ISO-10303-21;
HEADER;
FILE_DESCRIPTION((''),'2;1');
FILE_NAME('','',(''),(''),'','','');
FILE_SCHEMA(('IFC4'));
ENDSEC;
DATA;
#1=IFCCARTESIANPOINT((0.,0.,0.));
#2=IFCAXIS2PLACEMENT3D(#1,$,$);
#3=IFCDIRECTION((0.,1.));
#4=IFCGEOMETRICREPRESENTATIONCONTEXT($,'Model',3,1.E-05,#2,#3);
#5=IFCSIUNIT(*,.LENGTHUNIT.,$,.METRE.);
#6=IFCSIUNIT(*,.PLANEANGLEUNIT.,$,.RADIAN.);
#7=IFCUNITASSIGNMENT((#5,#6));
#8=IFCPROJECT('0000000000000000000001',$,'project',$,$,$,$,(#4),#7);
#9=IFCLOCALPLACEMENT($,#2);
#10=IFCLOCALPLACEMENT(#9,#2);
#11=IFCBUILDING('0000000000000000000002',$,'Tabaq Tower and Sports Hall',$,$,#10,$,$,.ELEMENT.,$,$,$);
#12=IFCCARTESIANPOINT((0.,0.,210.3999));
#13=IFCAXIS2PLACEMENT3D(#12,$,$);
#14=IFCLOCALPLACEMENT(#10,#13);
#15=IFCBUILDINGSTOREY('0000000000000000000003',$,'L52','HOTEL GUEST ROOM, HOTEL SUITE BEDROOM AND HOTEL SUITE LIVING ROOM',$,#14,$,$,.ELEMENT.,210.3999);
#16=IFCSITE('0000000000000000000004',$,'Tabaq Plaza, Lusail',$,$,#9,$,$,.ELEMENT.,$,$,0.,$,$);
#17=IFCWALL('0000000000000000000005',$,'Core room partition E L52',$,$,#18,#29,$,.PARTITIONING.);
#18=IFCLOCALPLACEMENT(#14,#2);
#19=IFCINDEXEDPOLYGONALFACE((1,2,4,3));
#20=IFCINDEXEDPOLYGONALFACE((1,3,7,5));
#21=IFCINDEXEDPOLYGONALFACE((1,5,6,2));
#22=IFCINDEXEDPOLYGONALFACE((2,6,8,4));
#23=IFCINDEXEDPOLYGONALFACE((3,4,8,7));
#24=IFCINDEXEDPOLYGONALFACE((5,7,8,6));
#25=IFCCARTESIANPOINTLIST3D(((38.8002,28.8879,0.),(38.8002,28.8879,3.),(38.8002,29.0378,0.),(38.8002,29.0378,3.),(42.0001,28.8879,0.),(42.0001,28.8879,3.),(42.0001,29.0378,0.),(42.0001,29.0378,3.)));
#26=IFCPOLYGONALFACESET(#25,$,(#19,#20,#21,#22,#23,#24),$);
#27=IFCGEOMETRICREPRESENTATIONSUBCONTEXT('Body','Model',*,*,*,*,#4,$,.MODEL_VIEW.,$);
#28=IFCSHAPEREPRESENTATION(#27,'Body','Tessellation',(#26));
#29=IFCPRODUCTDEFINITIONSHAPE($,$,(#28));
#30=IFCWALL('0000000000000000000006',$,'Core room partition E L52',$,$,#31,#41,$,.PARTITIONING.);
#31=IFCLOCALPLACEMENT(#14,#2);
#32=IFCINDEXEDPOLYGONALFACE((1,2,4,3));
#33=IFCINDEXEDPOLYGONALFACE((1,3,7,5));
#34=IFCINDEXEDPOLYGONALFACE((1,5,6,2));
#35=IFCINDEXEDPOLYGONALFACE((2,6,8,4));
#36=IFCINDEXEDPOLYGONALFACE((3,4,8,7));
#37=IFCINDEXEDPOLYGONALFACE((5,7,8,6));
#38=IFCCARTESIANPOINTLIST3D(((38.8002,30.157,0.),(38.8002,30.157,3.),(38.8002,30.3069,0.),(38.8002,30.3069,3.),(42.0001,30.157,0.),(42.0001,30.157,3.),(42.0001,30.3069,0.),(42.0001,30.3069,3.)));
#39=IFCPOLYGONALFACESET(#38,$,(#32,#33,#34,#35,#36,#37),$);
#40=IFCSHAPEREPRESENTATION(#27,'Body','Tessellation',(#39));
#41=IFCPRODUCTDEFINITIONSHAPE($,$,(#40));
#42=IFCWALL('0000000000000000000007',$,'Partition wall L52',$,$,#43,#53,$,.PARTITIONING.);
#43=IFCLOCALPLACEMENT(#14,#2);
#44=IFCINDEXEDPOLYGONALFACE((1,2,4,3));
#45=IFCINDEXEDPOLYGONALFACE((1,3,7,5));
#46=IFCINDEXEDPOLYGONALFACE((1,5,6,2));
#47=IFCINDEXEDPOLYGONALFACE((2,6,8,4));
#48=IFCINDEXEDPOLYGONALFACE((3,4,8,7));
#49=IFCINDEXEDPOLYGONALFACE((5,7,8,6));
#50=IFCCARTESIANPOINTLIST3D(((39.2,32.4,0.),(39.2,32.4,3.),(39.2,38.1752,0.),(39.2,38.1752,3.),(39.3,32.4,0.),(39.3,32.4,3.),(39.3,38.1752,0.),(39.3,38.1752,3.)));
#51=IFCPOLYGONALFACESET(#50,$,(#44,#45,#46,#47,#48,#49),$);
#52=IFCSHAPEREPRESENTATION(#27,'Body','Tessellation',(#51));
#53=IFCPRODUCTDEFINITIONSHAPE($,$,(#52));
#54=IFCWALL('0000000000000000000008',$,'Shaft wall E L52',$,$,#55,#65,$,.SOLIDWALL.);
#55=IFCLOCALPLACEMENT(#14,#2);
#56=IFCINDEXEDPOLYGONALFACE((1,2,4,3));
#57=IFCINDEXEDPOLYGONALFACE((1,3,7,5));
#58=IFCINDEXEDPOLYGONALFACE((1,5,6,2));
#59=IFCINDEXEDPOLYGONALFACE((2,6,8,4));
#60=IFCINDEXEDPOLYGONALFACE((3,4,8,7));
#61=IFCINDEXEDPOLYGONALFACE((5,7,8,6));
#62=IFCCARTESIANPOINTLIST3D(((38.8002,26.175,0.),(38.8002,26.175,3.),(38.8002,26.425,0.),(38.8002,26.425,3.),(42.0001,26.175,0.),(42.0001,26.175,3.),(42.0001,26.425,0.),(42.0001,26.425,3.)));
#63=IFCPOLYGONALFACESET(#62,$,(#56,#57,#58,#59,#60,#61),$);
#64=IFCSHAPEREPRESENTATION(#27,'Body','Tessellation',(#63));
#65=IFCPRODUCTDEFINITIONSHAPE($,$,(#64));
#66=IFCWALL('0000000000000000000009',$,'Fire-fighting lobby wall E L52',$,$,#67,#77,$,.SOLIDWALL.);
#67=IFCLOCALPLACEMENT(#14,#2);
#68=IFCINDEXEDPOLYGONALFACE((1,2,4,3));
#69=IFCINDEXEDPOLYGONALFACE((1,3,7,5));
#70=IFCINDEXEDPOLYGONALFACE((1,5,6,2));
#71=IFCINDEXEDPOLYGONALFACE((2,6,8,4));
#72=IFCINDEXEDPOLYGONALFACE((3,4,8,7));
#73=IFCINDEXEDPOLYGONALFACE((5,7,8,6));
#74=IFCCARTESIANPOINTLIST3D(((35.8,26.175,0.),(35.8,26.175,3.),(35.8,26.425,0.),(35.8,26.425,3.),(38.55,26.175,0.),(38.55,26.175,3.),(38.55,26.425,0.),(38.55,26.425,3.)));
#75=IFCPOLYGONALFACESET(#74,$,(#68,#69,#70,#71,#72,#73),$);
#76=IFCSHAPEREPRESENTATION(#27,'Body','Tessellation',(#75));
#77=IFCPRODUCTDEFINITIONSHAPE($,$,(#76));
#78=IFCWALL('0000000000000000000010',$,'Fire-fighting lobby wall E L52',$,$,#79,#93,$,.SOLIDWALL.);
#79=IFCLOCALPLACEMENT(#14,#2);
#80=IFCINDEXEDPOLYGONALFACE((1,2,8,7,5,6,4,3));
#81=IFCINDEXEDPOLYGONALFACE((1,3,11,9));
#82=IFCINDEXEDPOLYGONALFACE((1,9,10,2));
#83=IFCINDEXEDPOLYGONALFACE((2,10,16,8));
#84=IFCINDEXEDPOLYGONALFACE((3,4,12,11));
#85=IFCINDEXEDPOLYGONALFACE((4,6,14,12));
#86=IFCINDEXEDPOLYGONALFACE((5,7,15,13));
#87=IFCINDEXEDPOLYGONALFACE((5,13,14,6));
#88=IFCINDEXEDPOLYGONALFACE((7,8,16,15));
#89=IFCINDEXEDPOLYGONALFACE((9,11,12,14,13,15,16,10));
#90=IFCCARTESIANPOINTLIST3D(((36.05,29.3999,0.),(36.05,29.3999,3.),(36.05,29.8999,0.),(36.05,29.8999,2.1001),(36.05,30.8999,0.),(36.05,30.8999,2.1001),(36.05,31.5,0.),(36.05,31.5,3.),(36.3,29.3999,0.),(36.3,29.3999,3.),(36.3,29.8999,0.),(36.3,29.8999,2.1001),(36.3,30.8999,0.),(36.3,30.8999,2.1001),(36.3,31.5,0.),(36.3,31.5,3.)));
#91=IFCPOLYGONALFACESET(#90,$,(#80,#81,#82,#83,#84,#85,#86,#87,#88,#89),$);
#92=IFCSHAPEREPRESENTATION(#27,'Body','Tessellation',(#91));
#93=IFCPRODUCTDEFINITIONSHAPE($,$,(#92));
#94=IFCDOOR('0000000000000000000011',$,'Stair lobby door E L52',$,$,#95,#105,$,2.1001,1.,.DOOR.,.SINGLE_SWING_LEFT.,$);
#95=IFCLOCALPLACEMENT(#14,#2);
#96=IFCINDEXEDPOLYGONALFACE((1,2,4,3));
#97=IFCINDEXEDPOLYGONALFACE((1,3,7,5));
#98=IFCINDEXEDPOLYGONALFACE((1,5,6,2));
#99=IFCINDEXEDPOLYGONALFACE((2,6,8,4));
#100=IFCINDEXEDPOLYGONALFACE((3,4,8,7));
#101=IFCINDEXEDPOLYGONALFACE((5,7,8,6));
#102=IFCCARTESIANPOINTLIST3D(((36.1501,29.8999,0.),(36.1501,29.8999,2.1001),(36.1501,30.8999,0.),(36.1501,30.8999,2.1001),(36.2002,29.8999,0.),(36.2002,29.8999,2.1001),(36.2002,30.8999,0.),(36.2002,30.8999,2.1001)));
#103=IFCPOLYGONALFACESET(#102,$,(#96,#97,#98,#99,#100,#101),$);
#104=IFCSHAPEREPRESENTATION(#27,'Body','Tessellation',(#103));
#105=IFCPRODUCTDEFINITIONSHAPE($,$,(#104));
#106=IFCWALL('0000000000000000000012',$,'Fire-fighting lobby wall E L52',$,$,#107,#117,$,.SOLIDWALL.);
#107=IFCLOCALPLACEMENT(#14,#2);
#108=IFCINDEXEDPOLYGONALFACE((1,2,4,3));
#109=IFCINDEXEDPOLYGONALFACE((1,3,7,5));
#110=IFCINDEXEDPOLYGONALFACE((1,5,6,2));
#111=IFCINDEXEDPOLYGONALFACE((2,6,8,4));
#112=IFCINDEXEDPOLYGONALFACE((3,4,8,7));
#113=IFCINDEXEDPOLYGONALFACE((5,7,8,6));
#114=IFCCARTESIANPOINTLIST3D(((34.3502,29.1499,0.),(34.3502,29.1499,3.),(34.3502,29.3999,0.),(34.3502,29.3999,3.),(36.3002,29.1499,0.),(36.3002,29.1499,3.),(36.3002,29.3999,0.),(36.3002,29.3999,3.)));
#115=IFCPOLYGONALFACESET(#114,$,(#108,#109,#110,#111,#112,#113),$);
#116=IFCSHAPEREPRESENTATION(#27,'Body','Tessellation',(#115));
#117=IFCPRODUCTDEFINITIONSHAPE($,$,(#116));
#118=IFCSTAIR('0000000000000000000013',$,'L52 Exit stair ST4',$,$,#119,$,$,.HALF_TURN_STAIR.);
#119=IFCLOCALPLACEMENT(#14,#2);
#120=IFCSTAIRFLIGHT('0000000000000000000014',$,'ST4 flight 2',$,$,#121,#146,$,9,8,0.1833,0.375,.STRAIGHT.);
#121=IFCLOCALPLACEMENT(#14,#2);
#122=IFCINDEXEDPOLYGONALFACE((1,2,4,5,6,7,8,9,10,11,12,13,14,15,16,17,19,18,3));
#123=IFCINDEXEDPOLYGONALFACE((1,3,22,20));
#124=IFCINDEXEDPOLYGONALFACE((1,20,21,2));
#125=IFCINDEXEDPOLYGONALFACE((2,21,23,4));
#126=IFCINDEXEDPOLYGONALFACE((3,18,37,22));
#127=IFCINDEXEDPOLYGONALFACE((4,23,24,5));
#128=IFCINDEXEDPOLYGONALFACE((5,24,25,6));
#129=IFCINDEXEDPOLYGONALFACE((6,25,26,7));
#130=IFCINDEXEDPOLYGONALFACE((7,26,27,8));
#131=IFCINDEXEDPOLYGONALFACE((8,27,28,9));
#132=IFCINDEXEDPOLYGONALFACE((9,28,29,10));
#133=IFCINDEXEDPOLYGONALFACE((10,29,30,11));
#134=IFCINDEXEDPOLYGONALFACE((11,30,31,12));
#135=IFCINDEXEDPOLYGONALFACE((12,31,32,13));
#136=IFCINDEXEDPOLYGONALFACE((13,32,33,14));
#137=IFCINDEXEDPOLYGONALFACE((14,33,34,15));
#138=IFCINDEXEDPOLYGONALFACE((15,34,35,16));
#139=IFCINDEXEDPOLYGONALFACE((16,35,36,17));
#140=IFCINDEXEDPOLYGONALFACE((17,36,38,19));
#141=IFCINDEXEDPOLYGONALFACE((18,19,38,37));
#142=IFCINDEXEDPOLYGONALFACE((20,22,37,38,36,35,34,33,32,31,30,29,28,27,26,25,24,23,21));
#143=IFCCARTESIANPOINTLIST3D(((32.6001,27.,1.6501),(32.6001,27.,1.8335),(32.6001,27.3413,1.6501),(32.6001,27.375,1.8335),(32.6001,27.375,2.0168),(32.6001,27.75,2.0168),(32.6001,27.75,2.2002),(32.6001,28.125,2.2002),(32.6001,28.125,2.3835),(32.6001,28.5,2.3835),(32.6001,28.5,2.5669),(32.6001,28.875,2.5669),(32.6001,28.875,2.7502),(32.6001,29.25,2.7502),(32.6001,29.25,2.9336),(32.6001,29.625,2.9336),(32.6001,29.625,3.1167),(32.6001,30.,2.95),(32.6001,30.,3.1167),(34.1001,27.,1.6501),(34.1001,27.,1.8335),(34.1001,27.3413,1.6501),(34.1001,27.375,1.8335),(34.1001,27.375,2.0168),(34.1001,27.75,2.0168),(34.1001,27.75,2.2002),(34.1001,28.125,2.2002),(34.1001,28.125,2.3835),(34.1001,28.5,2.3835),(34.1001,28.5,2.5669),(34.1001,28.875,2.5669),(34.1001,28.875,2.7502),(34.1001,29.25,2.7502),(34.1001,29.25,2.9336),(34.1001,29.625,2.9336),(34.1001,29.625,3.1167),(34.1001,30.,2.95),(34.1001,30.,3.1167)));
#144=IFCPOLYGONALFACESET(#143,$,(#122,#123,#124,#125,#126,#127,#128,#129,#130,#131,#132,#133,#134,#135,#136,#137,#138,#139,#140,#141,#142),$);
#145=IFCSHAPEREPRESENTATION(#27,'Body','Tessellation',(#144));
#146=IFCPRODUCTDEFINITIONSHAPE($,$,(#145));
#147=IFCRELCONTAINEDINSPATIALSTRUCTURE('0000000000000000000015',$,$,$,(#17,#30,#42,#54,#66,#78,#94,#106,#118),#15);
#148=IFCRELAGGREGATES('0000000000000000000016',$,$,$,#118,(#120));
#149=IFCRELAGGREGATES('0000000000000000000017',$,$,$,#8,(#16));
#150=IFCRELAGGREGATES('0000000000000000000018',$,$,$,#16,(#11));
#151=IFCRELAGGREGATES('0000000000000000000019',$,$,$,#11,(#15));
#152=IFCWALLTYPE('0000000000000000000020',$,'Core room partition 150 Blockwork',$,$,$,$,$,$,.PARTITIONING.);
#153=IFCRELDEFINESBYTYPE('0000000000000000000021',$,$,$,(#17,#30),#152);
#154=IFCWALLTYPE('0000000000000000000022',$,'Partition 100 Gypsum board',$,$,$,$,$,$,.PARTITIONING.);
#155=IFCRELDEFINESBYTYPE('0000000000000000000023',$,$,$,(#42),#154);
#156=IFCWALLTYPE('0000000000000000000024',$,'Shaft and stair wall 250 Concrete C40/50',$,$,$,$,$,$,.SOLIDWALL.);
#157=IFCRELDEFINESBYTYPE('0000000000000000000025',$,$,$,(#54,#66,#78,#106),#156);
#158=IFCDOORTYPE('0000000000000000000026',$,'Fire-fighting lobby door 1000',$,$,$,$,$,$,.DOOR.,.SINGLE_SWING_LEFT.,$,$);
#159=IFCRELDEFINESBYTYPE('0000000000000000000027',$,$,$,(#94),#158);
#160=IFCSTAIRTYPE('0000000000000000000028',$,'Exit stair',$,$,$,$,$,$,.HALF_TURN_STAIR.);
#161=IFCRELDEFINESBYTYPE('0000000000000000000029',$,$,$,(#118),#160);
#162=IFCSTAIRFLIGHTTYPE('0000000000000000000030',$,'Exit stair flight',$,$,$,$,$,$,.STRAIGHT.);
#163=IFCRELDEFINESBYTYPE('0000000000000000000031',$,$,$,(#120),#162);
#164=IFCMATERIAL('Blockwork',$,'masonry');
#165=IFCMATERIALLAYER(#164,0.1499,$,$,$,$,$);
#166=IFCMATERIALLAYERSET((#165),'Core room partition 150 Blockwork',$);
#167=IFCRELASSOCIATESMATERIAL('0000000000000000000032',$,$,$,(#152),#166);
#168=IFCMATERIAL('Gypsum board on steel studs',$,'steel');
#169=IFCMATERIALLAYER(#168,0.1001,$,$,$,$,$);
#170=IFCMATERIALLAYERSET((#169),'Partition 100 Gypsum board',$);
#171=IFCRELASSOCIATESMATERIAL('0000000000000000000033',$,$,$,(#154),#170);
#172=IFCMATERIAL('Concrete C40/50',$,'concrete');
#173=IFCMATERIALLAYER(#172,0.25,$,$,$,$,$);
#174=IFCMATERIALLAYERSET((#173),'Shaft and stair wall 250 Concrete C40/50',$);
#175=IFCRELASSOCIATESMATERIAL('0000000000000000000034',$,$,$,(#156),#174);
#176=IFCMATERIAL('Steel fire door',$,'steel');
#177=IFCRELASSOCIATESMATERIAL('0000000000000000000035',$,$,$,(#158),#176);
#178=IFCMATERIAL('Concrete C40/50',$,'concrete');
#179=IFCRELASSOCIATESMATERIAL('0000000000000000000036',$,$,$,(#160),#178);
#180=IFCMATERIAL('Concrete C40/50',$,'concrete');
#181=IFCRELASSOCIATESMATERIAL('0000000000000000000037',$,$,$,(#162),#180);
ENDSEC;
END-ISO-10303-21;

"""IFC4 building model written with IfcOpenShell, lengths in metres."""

from ifc_helpers import new_model, si_unit, direction, frame, frame_2d, origin, place, context, subcontext, project, spatial, polyline, rectangle, outline, extrude, material, layer, layer_set, type_object, element, fill, aggregate, save


model = new_model("IFC4")

# Units and contexts
model_context = context("Model", 3, precision=1e-05, world=origin(), true_north=direction((0.0, 1.0)))
body_context = subcontext(model_context, "Body", "Model", "MODEL_VIEW")
ifc_project = project(units=[si_unit("LENGTHUNIT", "METRE"), si_unit("PLANEANGLEUNIT", "RADIAN")], contexts=[model_context])

# Site, building, storey
site_placement = place(None, origin())
site = spatial("IfcSite", under=ifc_project, at=site_placement, Name="Tabaq Plaza, Lusail", CompositionType="ELEMENT", RefElevation=0.0)
building_placement = place(site_placement, origin())
building = spatial("IfcBuilding", under=site, at=building_placement, Name="Tabaq Tower and Sports Hall", CompositionType="ELEMENT")
storey_placement = place(building_placement, frame((0.0, 0.0, 210.3999)))
storey = spatial("IfcBuildingStorey", under=building, at=storey_placement, Name="L52", Description="HOTEL GUEST ROOM, HOTEL SUITE BEDROOM AND HOTEL SUITE LIVING ROOM", CompositionType="ELEMENT", Elevation=210.3999)

# Walls
ifc_material_1 = material(Name="Blockwork", Category="masonry")
ifc_layer_1 = layer(ifc_material_1, 0.1499)
ifc_layer_set_1 = layer_set([ifc_layer_1], Name="Core room partition 150 Blockwork")
wall_type_1 = type_object("IfcWallType", Name="Core room partition 150 Blockwork", PredefinedType="PARTITIONING", material=ifc_layer_set_1)
for number, where, z_axis, x_axis, name in (
    (1, (38.8, 28.9629, 0.0), (0.0, 0.0, 1.0), (1.0, 0.0, 0.0), "Core room partition E L52"),
    (2, (38.8, 30.2319, 0.0), (0.0, 0.0, 1.0), (1.0, 0.0, 0.0), "Core room partition E L52"),
):
    element("IfcWall", number, at=place(storey_placement, frame(where, z_axis=z_axis, x_axis=x_axis)), inside=storey, type_object=wall_type_1, Name=name, PredefinedType="PARTITIONING", context=body_context, shape_type="SweptSolid", body=[
        extrude(rectangle(XDim=3.2, YDim=0.1499, at=frame_2d((1.6001, 0.0))), origin(), (0.0, 0.0, 1.0), 3.0),
    ])
ifc_material_2 = material(Name="Gypsum board on steel studs", Category="steel")
ifc_layer_2 = layer(ifc_material_2, 0.1001)
ifc_layer_set_2 = layer_set([ifc_layer_2], Name="Partition 100 Gypsum board")
wall_type_2 = type_object("IfcWallType", Name="Partition 100 Gypsum board", PredefinedType="PARTITIONING", material=ifc_layer_set_2)
wall_1_placement = place(storey_placement, frame((39.25, 32.3999, 0.0), z_axis=(0.0, 0.0, 1.0), x_axis=(0.0, 1.0, 0.0)))
element("IfcWall", 3, at=wall_1_placement, inside=storey, type_object=wall_type_2, Name="Partition wall L52", PredefinedType="PARTITIONING", context=body_context, shape_type="SweptSolid", body=[
    extrude(rectangle(XDim=5.7751, YDim=0.1001, at=frame_2d((2.8877, 0.0))), origin(), (0.0, 0.0, 1.0), 3.0),
])
ifc_material_3 = material(Name="Concrete C40/50", Category="concrete")
ifc_layer_3 = layer(ifc_material_3, 0.25)
ifc_layer_set_3 = layer_set([ifc_layer_3], Name="Shaft and stair wall 250 Concrete C40/50")
wall_type_3 = type_object("IfcWallType", Name="Shaft and stair wall 250 Concrete C40/50", PredefinedType="SOLIDWALL", material=ifc_layer_set_3)
wall_2_placement = place(storey_placement, frame((38.8, 26.3, 0.0), z_axis=(0.0, 0.0, 1.0), x_axis=(1.0, 0.0, 0.0)))
element("IfcWall", 4, at=wall_2_placement, inside=storey, type_object=wall_type_3, Name="Shaft wall E L52", PredefinedType="SOLIDWALL", context=body_context, shape_type="SweptSolid", body=[
    extrude(rectangle(XDim=3.2, YDim=0.25, at=frame_2d((1.6001, 0.0))), origin(), (0.0, 0.0, 1.0), 3.0),
])
wall_3_placement = place(storey_placement, frame((35.8, 26.3, 0.0), z_axis=(0.0, 0.0, 1.0), x_axis=(1.0, 0.0, 0.0)))
element("IfcWall", 5, at=wall_3_placement, inside=storey, type_object=wall_type_3, Name="Fire-fighting lobby wall E L52", PredefinedType="SOLIDWALL", context=body_context, shape_type="SweptSolid", body=[
    extrude(rectangle(XDim=2.75, YDim=0.25, at=frame_2d((1.375, 0.0))), origin(), (0.0, 0.0, 1.0), 3.0),
])

# Wall, opening, door
wall_4_placement = place(storey_placement, frame((36.175, 29.3999, 0.0), z_axis=(0.0, 0.0, 1.0), x_axis=(0.0, 1.0, 0.0)))
wall_4 = element("IfcWall", 6, at=wall_4_placement, inside=storey, type_object=wall_type_3, Name="Fire-fighting lobby wall E L52", PredefinedType="SOLIDWALL", context=body_context, shape_type="SweptSolid", body=[
    extrude(rectangle(XDim=2.1001, YDim=0.25, at=frame_2d((1.05, 0.0))), origin(), (0.0, 0.0, 1.0), 3.0),
])
opening_placement = place(wall_4_placement, frame((0.5, 0.0, 0.0)))
opening = element("IfcOpeningElement", 7, at=opening_placement, cuts=wall_4, PredefinedType="OPENING", context=body_context, shape_type="SweptSolid", body=[
    extrude(rectangle(XDim=1.0, YDim=2.1001, at=frame_2d((0.5, 1.05))), frame((0.0, 0.125, 0.0), z_axis=(0.0, -1.0, 0.0), x_axis=(1.0, 0.0, 0.0)), (0.0, 0.0, 1.0), 0.25),
])
ifc_material_4 = material(Name="Steel fire door", Category="steel")
door_type = type_object("IfcDoorType", Name="Fire-fighting lobby door 1000", OperationType="SINGLE_SWING_LEFT", PredefinedType="DOOR", material=ifc_material_4)
door_placement = place(opening_placement, origin())
door = element("IfcDoor", 8, at=door_placement, inside=storey, type_object=door_type, Name="Stair lobby door E L52", OperationType="SINGLE_SWING_LEFT", OverallHeight=2.1001, OverallWidth=1.0, PredefinedType="DOOR", context=body_context, shape_type="SweptSolid", body=[
    extrude(rectangle(XDim=1.0, YDim=2.1001, at=frame_2d((0.5, 1.05))), frame((0.0, 0.0249, 0.0), z_axis=(0.0, -1.0, 0.0), x_axis=(1.0, 0.0, 0.0)), (0.0, 0.0, 1.0), 0.05),
])
fill(opening, door)

# Wall
wall_5_placement = place(storey_placement, frame((34.3501, 29.2749, 0.0), z_axis=(0.0, 0.0, 1.0), x_axis=(1.0, 0.0, 0.0)))
element("IfcWall", 9, at=wall_5_placement, inside=storey, type_object=wall_type_3, Name="Fire-fighting lobby wall E L52", PredefinedType="SOLIDWALL", context=body_context, shape_type="SweptSolid", body=[
    extrude(rectangle(XDim=1.95, YDim=0.25, at=frame_2d((0.9751, 0.0))), origin(), (0.0, 0.0, 1.0), 3.0),
])

# Stair, stair flight
ifc_material_5 = material(Name="Concrete C40/50", Category="concrete")
stair_type = type_object("IfcStairType", Name="Exit stair", PredefinedType="HALF_TURN_STAIR", material=ifc_material_5)
stair_placement = place(storey_placement, origin())
stair = element("IfcStair", 10, at=stair_placement, inside=storey, type_object=stair_type, Name="L52 Exit stair ST4", PredefinedType="HALF_TURN_STAIR")
ifc_material_6 = material(Name="Concrete C40/50", Category="concrete")
stair_flight_type = type_object("IfcStairFlightType", Name="Exit stair flight", PredefinedType="STRAIGHT", material=ifc_material_6)
stair_flight_placement = place(storey_placement, frame((33.3501, 27.0, 1.6501), z_axis=(0.0, 0.0, 1.0), x_axis=(0.0, 1.0, 0.0)))
stair_flight = element("IfcStairFlight", 11, at=stair_flight_placement, type_object=stair_flight_type, Name="ST4 flight 2", NumberOfRisers=9, NumberOfTreads=8, PredefinedType="STRAIGHT", RiserHeight=0.1833, TreadLength=0.375, context=body_context, shape_type="SweptSolid", body=[
    extrude(outline(polyline([(0.0, 0.0), (0.0, 0.1833), (0.375, 0.1833), (0.375, 0.3667), (0.75, 0.3667), (0.75, 0.55), (1.125, 0.55), (1.125, 0.7334), (1.5, 0.7334), (1.5, 0.9167), (1.875, 0.9167), (1.875, 1.1001), (2.25, 1.1001), (2.25, 1.2834), (2.625, 1.2834), (2.625, 1.4666), (3.0, 1.4666), (3.0, 1.6499), (3.0, 1.2998), (0.3413, 0.0), (0.0, 0.0)])), frame((0.0, 0.75, 0.0), z_axis=(0.0, -1.0, 0.0), x_axis=(1.0, 0.0, 0.0)), (0.0, 0.0, 1.0), 1.5),
])
aggregate(stair, [stair_flight])

save(model, "model.ifc")
